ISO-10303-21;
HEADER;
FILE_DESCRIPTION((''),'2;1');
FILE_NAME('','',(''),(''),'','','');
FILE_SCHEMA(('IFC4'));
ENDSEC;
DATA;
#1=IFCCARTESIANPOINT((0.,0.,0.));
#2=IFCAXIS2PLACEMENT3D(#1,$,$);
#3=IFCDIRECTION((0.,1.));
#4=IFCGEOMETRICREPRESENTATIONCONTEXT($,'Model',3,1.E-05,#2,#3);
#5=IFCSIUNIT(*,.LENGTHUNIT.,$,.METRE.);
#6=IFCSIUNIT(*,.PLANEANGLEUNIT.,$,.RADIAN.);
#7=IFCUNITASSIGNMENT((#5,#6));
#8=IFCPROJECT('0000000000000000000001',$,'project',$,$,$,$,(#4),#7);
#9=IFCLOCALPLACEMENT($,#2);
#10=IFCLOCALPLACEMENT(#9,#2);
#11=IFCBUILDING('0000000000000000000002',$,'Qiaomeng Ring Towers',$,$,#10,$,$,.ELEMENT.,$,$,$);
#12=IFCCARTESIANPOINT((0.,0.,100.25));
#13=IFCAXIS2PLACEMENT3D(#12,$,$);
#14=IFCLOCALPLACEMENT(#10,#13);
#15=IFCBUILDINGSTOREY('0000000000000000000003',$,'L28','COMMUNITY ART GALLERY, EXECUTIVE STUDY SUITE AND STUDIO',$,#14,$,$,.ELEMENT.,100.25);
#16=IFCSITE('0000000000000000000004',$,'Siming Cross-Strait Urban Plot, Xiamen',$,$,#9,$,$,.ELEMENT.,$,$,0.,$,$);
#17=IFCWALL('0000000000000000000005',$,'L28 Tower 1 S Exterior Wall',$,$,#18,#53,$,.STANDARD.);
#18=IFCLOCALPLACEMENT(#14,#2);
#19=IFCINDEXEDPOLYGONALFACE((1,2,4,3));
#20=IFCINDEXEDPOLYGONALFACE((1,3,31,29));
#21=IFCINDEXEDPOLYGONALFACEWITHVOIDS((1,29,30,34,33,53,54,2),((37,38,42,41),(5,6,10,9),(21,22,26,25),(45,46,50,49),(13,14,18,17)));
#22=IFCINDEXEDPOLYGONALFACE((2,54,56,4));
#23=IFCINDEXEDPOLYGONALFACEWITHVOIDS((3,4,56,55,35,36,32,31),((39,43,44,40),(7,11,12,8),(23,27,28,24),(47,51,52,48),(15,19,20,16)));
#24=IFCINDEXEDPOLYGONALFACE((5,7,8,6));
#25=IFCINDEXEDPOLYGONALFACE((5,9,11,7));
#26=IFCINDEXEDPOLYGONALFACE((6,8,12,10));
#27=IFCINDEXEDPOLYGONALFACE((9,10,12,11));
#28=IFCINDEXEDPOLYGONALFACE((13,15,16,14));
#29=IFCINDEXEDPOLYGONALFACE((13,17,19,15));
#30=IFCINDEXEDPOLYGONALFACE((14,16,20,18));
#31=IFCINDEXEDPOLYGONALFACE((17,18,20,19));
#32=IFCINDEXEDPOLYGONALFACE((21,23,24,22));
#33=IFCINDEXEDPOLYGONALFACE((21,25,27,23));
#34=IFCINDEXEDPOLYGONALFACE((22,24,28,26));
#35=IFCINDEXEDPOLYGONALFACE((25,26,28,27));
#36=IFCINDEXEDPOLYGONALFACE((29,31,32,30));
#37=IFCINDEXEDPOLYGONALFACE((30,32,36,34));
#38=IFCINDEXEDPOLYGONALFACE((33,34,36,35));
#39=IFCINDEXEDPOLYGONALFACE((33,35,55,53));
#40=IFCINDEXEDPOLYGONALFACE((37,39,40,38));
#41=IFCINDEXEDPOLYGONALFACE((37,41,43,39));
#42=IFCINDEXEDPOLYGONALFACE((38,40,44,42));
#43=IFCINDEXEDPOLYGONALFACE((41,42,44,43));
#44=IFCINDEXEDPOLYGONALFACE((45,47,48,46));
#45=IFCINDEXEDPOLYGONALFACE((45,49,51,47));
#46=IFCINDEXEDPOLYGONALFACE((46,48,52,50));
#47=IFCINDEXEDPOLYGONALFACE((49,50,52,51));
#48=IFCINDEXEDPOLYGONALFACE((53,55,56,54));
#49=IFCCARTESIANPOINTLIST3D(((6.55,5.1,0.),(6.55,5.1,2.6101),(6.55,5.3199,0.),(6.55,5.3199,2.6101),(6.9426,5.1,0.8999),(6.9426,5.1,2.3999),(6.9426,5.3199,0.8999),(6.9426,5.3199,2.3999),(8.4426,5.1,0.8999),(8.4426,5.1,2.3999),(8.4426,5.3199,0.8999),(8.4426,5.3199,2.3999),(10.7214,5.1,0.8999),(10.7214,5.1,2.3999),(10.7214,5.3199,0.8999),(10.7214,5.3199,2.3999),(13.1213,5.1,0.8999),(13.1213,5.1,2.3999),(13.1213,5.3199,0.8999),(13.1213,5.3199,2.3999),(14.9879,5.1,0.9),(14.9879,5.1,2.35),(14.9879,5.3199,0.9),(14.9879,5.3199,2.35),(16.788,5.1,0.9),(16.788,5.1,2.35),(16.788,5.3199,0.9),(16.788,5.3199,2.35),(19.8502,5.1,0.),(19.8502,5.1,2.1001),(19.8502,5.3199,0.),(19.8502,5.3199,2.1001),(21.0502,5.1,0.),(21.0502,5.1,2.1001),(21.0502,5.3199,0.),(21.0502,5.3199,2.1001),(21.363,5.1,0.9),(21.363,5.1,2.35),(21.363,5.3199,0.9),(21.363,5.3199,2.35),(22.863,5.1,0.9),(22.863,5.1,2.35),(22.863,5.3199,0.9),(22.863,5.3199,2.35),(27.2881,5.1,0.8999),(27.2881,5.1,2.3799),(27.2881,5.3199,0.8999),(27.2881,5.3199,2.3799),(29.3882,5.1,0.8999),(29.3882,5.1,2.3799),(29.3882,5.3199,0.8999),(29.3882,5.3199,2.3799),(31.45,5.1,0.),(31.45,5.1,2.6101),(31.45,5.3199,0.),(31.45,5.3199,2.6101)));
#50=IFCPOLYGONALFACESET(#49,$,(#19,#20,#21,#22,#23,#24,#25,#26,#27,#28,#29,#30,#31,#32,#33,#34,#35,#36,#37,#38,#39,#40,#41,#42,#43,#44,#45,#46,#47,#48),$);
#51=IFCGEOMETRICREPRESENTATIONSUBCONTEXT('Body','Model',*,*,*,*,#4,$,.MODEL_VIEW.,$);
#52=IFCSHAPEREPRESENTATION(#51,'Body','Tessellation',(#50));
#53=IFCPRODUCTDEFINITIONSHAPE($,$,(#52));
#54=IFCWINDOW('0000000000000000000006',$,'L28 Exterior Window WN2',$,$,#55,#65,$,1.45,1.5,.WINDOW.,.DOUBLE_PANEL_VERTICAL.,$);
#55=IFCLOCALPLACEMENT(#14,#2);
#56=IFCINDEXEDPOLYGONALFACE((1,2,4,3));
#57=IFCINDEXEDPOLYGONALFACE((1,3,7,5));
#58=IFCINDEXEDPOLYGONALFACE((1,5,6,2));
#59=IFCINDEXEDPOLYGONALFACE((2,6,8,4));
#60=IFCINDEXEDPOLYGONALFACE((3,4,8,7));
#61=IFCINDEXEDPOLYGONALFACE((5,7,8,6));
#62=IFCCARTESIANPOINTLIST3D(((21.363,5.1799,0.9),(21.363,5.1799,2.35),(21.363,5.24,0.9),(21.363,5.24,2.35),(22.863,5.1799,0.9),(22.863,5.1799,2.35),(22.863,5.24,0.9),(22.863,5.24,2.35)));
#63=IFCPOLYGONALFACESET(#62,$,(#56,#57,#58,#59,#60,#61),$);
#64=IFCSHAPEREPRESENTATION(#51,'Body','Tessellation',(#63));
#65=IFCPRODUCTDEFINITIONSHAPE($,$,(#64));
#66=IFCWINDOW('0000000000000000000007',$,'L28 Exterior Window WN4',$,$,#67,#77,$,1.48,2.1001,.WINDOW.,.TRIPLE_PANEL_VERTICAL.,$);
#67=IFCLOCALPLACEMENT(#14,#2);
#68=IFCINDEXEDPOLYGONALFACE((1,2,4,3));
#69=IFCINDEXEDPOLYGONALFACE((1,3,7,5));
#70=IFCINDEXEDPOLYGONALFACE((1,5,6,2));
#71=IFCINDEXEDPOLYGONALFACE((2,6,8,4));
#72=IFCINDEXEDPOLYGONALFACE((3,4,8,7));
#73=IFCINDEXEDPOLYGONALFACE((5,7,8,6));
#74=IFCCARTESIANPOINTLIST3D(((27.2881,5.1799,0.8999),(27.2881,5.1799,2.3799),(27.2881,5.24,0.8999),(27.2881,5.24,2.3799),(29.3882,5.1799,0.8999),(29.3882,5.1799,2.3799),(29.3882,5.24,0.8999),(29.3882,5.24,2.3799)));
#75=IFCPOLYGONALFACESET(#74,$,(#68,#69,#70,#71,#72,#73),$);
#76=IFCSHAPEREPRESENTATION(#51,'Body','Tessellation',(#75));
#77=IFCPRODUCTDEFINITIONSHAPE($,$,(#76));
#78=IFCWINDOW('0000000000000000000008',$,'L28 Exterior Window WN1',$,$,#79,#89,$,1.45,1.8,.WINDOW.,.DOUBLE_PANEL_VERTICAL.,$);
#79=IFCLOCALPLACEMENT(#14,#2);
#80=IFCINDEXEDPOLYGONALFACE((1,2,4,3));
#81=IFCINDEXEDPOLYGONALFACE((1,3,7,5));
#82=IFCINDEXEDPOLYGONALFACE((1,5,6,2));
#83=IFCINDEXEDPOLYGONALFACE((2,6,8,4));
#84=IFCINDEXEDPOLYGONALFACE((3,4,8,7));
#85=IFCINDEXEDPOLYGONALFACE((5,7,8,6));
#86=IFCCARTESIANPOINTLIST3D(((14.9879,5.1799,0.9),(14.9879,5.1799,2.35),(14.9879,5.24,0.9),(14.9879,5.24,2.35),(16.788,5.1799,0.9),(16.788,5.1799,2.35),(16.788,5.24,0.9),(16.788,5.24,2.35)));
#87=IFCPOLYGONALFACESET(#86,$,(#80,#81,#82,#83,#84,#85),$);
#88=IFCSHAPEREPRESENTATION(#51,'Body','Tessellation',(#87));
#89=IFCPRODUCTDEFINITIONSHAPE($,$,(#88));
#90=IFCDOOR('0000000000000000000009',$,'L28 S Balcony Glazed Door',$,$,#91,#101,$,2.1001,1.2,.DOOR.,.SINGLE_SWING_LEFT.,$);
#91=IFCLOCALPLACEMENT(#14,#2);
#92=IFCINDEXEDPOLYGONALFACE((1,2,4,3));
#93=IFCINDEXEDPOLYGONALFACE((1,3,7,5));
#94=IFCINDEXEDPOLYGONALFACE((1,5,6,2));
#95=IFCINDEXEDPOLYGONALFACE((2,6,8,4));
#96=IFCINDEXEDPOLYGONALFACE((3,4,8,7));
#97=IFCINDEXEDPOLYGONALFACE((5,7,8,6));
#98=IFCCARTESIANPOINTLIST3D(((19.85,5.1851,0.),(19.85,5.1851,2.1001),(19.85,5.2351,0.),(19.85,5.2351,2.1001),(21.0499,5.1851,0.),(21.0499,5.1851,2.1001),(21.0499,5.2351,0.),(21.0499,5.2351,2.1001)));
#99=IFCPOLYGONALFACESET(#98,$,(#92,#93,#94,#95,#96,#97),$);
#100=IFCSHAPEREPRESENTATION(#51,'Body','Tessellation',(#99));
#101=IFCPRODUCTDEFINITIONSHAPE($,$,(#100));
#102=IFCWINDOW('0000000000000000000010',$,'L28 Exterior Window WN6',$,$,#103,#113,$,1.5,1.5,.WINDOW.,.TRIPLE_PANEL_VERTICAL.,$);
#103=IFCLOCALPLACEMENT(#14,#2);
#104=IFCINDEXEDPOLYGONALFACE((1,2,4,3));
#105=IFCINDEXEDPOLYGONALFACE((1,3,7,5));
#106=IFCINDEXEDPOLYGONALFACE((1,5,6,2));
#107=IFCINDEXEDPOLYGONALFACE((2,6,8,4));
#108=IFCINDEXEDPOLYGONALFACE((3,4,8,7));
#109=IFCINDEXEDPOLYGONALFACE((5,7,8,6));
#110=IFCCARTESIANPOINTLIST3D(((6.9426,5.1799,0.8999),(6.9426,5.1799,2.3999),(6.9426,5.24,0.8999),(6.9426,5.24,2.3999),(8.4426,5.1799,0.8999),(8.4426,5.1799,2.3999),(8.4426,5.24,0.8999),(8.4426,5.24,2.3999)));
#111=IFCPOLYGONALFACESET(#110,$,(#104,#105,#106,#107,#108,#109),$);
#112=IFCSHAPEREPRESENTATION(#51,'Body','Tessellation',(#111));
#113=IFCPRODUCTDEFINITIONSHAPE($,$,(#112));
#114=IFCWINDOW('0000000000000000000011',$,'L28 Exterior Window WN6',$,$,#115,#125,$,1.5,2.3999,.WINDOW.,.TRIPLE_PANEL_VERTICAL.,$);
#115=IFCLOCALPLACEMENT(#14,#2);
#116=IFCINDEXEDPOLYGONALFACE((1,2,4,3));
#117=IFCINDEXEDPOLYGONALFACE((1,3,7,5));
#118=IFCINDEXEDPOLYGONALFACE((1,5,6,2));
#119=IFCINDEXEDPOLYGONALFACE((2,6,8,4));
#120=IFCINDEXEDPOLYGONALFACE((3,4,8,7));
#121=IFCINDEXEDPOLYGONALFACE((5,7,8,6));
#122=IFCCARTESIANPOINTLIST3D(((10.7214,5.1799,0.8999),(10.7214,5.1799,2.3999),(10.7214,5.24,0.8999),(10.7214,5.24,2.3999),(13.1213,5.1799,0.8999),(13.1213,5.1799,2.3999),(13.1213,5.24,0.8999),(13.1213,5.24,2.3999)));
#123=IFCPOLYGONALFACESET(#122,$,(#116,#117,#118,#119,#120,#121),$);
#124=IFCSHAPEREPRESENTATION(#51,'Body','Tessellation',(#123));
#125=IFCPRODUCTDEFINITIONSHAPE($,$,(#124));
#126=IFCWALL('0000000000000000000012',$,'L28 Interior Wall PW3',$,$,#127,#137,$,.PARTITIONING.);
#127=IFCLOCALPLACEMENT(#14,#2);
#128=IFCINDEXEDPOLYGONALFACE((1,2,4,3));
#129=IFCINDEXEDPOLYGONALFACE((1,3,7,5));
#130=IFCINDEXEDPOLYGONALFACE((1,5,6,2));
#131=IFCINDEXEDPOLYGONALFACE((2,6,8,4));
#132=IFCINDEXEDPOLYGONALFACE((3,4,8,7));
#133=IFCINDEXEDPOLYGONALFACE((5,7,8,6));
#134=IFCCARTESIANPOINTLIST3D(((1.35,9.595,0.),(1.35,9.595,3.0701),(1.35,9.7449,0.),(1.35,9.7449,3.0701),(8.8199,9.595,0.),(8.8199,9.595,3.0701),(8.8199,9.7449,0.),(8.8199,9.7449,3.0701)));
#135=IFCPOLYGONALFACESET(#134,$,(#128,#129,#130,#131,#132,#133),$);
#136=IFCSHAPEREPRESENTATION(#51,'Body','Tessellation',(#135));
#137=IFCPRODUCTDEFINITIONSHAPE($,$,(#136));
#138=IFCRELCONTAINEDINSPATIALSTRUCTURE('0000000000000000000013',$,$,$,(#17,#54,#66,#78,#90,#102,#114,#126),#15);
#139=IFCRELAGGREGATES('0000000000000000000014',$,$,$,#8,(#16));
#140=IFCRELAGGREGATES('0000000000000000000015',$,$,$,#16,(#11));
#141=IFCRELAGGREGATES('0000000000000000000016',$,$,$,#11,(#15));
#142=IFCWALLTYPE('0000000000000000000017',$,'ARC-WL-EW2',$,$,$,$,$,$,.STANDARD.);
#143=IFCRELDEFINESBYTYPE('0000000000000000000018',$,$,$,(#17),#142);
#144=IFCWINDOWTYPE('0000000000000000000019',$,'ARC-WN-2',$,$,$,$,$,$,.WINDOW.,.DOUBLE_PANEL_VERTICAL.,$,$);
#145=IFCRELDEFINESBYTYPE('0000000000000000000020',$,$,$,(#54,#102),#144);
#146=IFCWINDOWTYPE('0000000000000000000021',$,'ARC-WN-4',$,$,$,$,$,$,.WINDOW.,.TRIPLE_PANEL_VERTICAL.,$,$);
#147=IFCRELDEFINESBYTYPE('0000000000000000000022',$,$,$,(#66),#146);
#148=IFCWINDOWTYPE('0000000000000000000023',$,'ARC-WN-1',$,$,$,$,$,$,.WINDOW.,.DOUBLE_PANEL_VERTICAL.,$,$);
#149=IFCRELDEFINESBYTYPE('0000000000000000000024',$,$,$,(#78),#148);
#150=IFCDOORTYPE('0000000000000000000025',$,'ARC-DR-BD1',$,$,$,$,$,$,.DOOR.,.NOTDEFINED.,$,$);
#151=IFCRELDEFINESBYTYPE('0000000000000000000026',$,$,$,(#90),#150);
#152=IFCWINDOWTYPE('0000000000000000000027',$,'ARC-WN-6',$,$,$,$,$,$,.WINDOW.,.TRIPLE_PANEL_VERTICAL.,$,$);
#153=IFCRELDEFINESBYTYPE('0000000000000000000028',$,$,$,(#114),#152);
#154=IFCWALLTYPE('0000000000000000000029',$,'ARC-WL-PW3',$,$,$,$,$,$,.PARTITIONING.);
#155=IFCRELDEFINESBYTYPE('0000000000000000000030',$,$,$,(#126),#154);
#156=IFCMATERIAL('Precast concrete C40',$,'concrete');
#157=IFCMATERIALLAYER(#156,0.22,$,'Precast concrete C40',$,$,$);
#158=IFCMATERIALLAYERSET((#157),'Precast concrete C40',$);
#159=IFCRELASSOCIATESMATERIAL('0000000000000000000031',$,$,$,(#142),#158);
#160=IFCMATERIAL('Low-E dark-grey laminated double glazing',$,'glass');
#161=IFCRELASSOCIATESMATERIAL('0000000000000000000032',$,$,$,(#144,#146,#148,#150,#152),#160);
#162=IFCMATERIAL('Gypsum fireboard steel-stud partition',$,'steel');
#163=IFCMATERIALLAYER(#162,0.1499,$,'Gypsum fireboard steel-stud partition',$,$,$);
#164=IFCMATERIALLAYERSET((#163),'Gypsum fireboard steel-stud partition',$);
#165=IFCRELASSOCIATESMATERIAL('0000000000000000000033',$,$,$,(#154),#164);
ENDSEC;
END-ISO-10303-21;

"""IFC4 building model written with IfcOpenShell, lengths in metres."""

from ifc_helpers import new_model, si_unit, direction, frame, frame_2d, origin, place, context, subcontext, project, spatial, rectangle, extrude, source, transform, mapped, material, layer, layer_set, type_object, element, fill, save


model = new_model("IFC4")

# Units and contexts
model_context = context("Model", 3, precision=1e-05, world=origin(), true_north=direction((0.0, 1.0)))
body_context = subcontext(model_context, "Body", "Model", "MODEL_VIEW")
ifc_project = project(units=[si_unit("LENGTHUNIT", "METRE"), si_unit("PLANEANGLEUNIT", "RADIAN")], contexts=[model_context])

# Site, building, storey
site_placement = place(None, origin())
site = spatial("IfcSite", under=ifc_project, at=site_placement, Name="Siming Cross-Strait Urban Plot, Xiamen", CompositionType="ELEMENT", RefElevation=0.0)
building_placement = place(site_placement, origin())
building = spatial("IfcBuilding", under=site, at=building_placement, Name="Qiaomeng Ring Towers", CompositionType="ELEMENT")
storey_placement = place(building_placement, frame((0.0, 0.0, 100.25)))
storey = spatial("IfcBuildingStorey", under=building, at=storey_placement, Name="L28", Description="COMMUNITY ART GALLERY, EXECUTIVE STUDY SUITE AND STUDIO", CompositionType="ELEMENT", Elevation=100.25)

# Shared definitions
ifc_material_1 = material(Name="Low-E dark-grey laminated double glazing", Category="glass")

# Wall, openings, windows, door
ifc_material_2 = material(Name="Precast concrete C40", Category="concrete")
ifc_layer_1 = layer(ifc_material_2, 0.22, Name="Precast concrete C40")
ifc_layer_set_1 = layer_set([ifc_layer_1], Name="Precast concrete C40")
wall_type_1 = type_object("IfcWallType", Name="ARC-WL-EW2", PredefinedType="STANDARD", material=ifc_layer_set_1)
wall_1_placement = place(storey_placement, frame((6.55, 5.21, 0.0), z_axis=(0.0, 0.0, 1.0), x_axis=(1.0, 0.0, 0.0)))
wall_1 = element("IfcWall", 1, at=wall_1_placement, inside=storey, type_object=wall_type_1, Name="L28 Tower 1 S Exterior Wall", PredefinedType="STANDARD", context=body_context, shape_type="SweptSolid", body=[
    extrude(rectangle(XDim=24.8999, YDim=0.22, at=frame_2d((12.45, 0.0))), origin(), (0.0, 0.0, 1.0), 2.6101),
])
opening_1_placement = place(wall_1_placement, frame((13.3, 0.0, 0.0)))
opening_1 = element("IfcOpeningElement", 2, at=opening_1_placement, cuts=wall_1, PredefinedType="OPENING", context=body_context, shape_type="SweptSolid", body=[
    extrude(rectangle(XDim=1.2, YDim=2.1001, at=frame_2d((0.6001, 1.05))), frame((0.0, 0.1199, 0.0), z_axis=(0.0, -1.0, 0.0), x_axis=(1.0, 0.0, 0.0)), (0.0, 0.0, 1.0), 0.24),
])
opening_2_placement = place(wall_1_placement, frame((0.3926, 0.0, 0.8999)))
opening_2 = element("IfcOpeningElement", 3, at=opening_2_placement, cuts=wall_1, PredefinedType="OPENING", context=body_context, shape_type="SweptSolid", body=[
    extrude(rectangle(XDim=1.5, YDim=1.5, at=frame_2d((0.75, 0.75))), frame((0.0, 0.1199, 0.0), z_axis=(0.0, -1.0, 0.0), x_axis=(1.0, 0.0, 0.0)), (0.0, 0.0, 1.0), 0.24),
])
opening_3_placement = place(wall_1_placement, frame((8.438, 0.0, 0.8999)))
opening_3 = element("IfcOpeningElement", 4, at=opening_3_placement, cuts=wall_1, PredefinedType="OPENING", context=body_context, shape_type="SweptSolid", body=[
    extrude(rectangle(XDim=1.8, YDim=1.45, at=frame_2d((0.8999, 0.7251))), frame((0.0, 0.1199, 0.0), z_axis=(0.0, -1.0, 0.0), x_axis=(1.0, 0.0, 0.0)), (0.0, 0.0, 1.0), 0.24),
])
opening_4_placement = place(wall_1_placement, frame((14.813, 0.0, 0.8999)))
opening_4 = element("IfcOpeningElement", 5, at=opening_4_placement, cuts=wall_1, PredefinedType="OPENING", context=body_context, shape_type="SweptSolid", body=[
    extrude(rectangle(XDim=1.5, YDim=1.45, at=frame_2d((0.75, 0.7251))), frame((0.0, 0.1199, 0.0), z_axis=(0.0, -1.0, 0.0), x_axis=(1.0, 0.0, 0.0)), (0.0, 0.0, 1.0), 0.24),
])
opening_5_placement = place(wall_1_placement, frame((20.738, 0.0, 0.8999)))
opening_5 = element("IfcOpeningElement", 6, at=opening_5_placement, cuts=wall_1, PredefinedType="OPENING", context=body_context, shape_type="SweptSolid", body=[
    extrude(rectangle(XDim=2.1001, YDim=1.48, at=frame_2d((1.05, 0.74))), frame((0.0, 0.1199, 0.0), z_axis=(0.0, -1.0, 0.0), x_axis=(1.0, 0.0, 0.0)), (0.0, 0.0, 1.0), 0.24),
])
opening_6_placement = place(wall_1_placement, frame((4.1714, 0.0, 0.8999)))
opening_6 = element("IfcOpeningElement", 7, at=opening_6_placement, cuts=wall_1, PredefinedType="OPENING", context=body_context, shape_type="SweptSolid", body=[
    extrude(rectangle(XDim=2.3999, YDim=1.5, at=frame_2d((1.2, 0.75))), frame((0.0, 0.1199, 0.0), z_axis=(0.0, -1.0, 0.0), x_axis=(1.0, 0.0, 0.0)), (0.0, 0.0, 1.0), 0.24),
])
window_type_1 = type_object("IfcWindowType", Name="ARC-WN-2", PartitioningType="DOUBLE_PANEL_VERTICAL", PredefinedType="WINDOW", material=ifc_material_1)
shared_shape_1 = source(origin(), body_context, "Body", "SweptSolid", [
    extrude(rectangle(XDim=1.5, YDim=1.45, at=frame_2d((0.75, 0.7251))), frame((0.0, 0.03, 0.0), z_axis=(0.0, -1.0, 0.0), x_axis=(1.0, 0.0, 0.0)), (0.0, 0.0, 1.0), 0.0601),
])
window_1_placement = place(opening_4_placement, origin())
window_1 = element("IfcWindow", 8, at=window_1_placement, inside=storey, type_object=window_type_1, Name="L28 Exterior Window WN2", OverallHeight=1.45, OverallWidth=1.5, PartitioningType="DOUBLE_PANEL_VERTICAL", PredefinedType="WINDOW", context=body_context, shape_type="MappedRepresentation", body=[
    mapped(shared_shape_1, transform((0.0, 0.0, 0.0), x_axis=(1.0, 0.0, 0.0), y_axis=(0.0, 1.0, 0.0), z_axis=(0.0, 0.0, 1.0), scale=1.0)),
])
fill(opening_4, window_1)
window_type_2 = type_object("IfcWindowType", Name="ARC-WN-4", PartitioningType="TRIPLE_PANEL_VERTICAL", PredefinedType="WINDOW", material=ifc_material_1)
shared_shape_2 = source(origin(), body_context, "Body", "SweptSolid", [
    extrude(rectangle(XDim=2.1001, YDim=1.48, at=frame_2d((1.05, 0.74))), frame((0.0, 0.03, 0.0), z_axis=(0.0, -1.0, 0.0), x_axis=(1.0, 0.0, 0.0)), (0.0, 0.0, 1.0), 0.0601),
])
window_2_placement = place(opening_5_placement, origin())
window_2 = element("IfcWindow", 9, at=window_2_placement, inside=storey, type_object=window_type_2, Name="L28 Exterior Window WN4", OverallHeight=1.48, OverallWidth=2.1001, PartitioningType="TRIPLE_PANEL_VERTICAL", PredefinedType="WINDOW", context=body_context, shape_type="MappedRepresentation", body=[
    mapped(shared_shape_2, transform((0.0, 0.0, 0.0), x_axis=(1.0, 0.0, 0.0), y_axis=(0.0, 1.0, 0.0), z_axis=(0.0, 0.0, 1.0), scale=1.0)),
])
fill(opening_5, window_2)
window_type_3 = type_object("IfcWindowType", Name="ARC-WN-1", PartitioningType="DOUBLE_PANEL_VERTICAL", PredefinedType="WINDOW", material=ifc_material_1)
shared_shape_3 = source(origin(), body_context, "Body", "SweptSolid", [
    extrude(rectangle(XDim=1.8, YDim=1.45, at=frame_2d((0.8999, 0.7251))), frame((0.0, 0.03, 0.0), z_axis=(0.0, -1.0, 0.0), x_axis=(1.0, 0.0, 0.0)), (0.0, 0.0, 1.0), 0.0601),
])
window_3_placement = place(opening_3_placement, origin())
window_3 = element("IfcWindow", 10, at=window_3_placement, inside=storey, type_object=window_type_3, Name="L28 Exterior Window WN1", OverallHeight=1.45, OverallWidth=1.8, PartitioningType="DOUBLE_PANEL_VERTICAL", PredefinedType="WINDOW", context=body_context, shape_type="MappedRepresentation", body=[
    mapped(shared_shape_3, transform((0.0, 0.0, 0.0), x_axis=(1.0, 0.0, 0.0), y_axis=(0.0, 1.0, 0.0), z_axis=(0.0, 0.0, 1.0), scale=1.0)),
])
fill(opening_3, window_3)
door_type = type_object("IfcDoorType", Name="ARC-DR-BD1", OperationType="NOTDEFINED", PredefinedType="DOOR", material=ifc_material_1)
shared_shape_4 = source(origin(), body_context, "Body", "SweptSolid", [
    extrude(rectangle(XDim=1.2, YDim=2.1001, at=frame_2d((0.6001, 1.05))), frame((0.0, 0.0249, 0.0), z_axis=(0.0, -1.0, 0.0), x_axis=(1.0, 0.0, 0.0)), (0.0, 0.0, 1.0), 0.05),
])
door_placement = place(opening_1_placement, frame((1.2, 0.0, 0.0), z_axis=(0.0, 0.0, 1.0), x_axis=(-1.0, 0.0, 0.0)))
door = element("IfcDoor", 11, at=door_placement, inside=storey, type_object=door_type, Name="L28 S Balcony Glazed Door", OperationType="SINGLE_SWING_LEFT", OverallHeight=2.1001, OverallWidth=1.2, PredefinedType="DOOR", context=body_context, shape_type="MappedRepresentation", body=[
    mapped(shared_shape_4, transform((0.0, 0.0, 0.0), x_axis=(1.0, 0.0, 0.0), y_axis=(0.0, 1.0, 0.0), z_axis=(0.0, 0.0, 1.0), scale=1.0)),
])
fill(opening_1, door)
shared_shape_5 = source(origin(), body_context, "Body", "SweptSolid", [
    extrude(rectangle(XDim=1.5, YDim=1.5, at=frame_2d((0.75, 0.75))), frame((0.0, 0.03, 0.0), z_axis=(0.0, -1.0, 0.0), x_axis=(1.0, 0.0, 0.0)), (0.0, 0.0, 1.0), 0.0601),
])
window_4_placement = place(opening_2_placement, origin())
window_4 = element("IfcWindow", 12, at=window_4_placement, inside=storey, type_object=window_type_1, Name="L28 Exterior Window WN6", OverallHeight=1.5, OverallWidth=1.5, PartitioningType="TRIPLE_PANEL_VERTICAL", PredefinedType="WINDOW", context=body_context, shape_type="MappedRepresentation", body=[
    mapped(shared_shape_5, transform((0.0, 0.0, 0.0), x_axis=(1.0, 0.0, 0.0), y_axis=(0.0, 1.0, 0.0), z_axis=(0.0, 0.0, 1.0), scale=1.0)),
])
fill(opening_2, window_4)
window_type_4 = type_object("IfcWindowType", Name="ARC-WN-6", PartitioningType="TRIPLE_PANEL_VERTICAL", PredefinedType="WINDOW", material=ifc_material_1)
shared_shape_6 = source(origin(), body_context, "Body", "SweptSolid", [
    extrude(rectangle(XDim=2.3999, YDim=1.5, at=frame_2d((1.2, 0.75))), frame((0.0, 0.03, 0.0), z_axis=(0.0, -1.0, 0.0), x_axis=(1.0, 0.0, 0.0)), (0.0, 0.0, 1.0), 0.0601),
])
window_5_placement = place(opening_6_placement, origin())
window_5 = element("IfcWindow", 13, at=window_5_placement, inside=storey, type_object=window_type_4, Name="L28 Exterior Window WN6", OverallHeight=1.5, OverallWidth=2.3999, PartitioningType="TRIPLE_PANEL_VERTICAL", PredefinedType="WINDOW", context=body_context, shape_type="MappedRepresentation", body=[
    mapped(shared_shape_6, transform((0.0, 0.0, 0.0), x_axis=(1.0, 0.0, 0.0), y_axis=(0.0, 1.0, 0.0), z_axis=(0.0, 0.0, 1.0), scale=1.0)),
])
fill(opening_6, window_5)

# Wall
ifc_material_3 = material(Name="Gypsum fireboard steel-stud partition", Category="steel")
ifc_layer_2 = layer(ifc_material_3, 0.1499, Name="Gypsum fireboard steel-stud partition")
ifc_layer_set_2 = layer_set([ifc_layer_2], Name="Gypsum fireboard steel-stud partition")
wall_type_2 = type_object("IfcWallType", Name="ARC-WL-PW3", PredefinedType="PARTITIONING", material=ifc_layer_set_2)
wall_2_placement = place(storey_placement, frame((1.3501, 9.6699, 0.0), z_axis=(0.0, 0.0, 1.0), x_axis=(1.0, 0.0, 0.0)))
element("IfcWall", 14, at=wall_2_placement, inside=storey, type_object=wall_type_2, Name="L28 Interior Wall PW3", PredefinedType="PARTITIONING", context=body_context, shape_type="SweptSolid", body=[
    extrude(rectangle(XDim=7.47, YDim=0.1499, at=frame_2d((3.7349, 0.0))), origin(), (0.0, 0.0, 1.0), 3.0701),
])

save(model, "model.ifc")
